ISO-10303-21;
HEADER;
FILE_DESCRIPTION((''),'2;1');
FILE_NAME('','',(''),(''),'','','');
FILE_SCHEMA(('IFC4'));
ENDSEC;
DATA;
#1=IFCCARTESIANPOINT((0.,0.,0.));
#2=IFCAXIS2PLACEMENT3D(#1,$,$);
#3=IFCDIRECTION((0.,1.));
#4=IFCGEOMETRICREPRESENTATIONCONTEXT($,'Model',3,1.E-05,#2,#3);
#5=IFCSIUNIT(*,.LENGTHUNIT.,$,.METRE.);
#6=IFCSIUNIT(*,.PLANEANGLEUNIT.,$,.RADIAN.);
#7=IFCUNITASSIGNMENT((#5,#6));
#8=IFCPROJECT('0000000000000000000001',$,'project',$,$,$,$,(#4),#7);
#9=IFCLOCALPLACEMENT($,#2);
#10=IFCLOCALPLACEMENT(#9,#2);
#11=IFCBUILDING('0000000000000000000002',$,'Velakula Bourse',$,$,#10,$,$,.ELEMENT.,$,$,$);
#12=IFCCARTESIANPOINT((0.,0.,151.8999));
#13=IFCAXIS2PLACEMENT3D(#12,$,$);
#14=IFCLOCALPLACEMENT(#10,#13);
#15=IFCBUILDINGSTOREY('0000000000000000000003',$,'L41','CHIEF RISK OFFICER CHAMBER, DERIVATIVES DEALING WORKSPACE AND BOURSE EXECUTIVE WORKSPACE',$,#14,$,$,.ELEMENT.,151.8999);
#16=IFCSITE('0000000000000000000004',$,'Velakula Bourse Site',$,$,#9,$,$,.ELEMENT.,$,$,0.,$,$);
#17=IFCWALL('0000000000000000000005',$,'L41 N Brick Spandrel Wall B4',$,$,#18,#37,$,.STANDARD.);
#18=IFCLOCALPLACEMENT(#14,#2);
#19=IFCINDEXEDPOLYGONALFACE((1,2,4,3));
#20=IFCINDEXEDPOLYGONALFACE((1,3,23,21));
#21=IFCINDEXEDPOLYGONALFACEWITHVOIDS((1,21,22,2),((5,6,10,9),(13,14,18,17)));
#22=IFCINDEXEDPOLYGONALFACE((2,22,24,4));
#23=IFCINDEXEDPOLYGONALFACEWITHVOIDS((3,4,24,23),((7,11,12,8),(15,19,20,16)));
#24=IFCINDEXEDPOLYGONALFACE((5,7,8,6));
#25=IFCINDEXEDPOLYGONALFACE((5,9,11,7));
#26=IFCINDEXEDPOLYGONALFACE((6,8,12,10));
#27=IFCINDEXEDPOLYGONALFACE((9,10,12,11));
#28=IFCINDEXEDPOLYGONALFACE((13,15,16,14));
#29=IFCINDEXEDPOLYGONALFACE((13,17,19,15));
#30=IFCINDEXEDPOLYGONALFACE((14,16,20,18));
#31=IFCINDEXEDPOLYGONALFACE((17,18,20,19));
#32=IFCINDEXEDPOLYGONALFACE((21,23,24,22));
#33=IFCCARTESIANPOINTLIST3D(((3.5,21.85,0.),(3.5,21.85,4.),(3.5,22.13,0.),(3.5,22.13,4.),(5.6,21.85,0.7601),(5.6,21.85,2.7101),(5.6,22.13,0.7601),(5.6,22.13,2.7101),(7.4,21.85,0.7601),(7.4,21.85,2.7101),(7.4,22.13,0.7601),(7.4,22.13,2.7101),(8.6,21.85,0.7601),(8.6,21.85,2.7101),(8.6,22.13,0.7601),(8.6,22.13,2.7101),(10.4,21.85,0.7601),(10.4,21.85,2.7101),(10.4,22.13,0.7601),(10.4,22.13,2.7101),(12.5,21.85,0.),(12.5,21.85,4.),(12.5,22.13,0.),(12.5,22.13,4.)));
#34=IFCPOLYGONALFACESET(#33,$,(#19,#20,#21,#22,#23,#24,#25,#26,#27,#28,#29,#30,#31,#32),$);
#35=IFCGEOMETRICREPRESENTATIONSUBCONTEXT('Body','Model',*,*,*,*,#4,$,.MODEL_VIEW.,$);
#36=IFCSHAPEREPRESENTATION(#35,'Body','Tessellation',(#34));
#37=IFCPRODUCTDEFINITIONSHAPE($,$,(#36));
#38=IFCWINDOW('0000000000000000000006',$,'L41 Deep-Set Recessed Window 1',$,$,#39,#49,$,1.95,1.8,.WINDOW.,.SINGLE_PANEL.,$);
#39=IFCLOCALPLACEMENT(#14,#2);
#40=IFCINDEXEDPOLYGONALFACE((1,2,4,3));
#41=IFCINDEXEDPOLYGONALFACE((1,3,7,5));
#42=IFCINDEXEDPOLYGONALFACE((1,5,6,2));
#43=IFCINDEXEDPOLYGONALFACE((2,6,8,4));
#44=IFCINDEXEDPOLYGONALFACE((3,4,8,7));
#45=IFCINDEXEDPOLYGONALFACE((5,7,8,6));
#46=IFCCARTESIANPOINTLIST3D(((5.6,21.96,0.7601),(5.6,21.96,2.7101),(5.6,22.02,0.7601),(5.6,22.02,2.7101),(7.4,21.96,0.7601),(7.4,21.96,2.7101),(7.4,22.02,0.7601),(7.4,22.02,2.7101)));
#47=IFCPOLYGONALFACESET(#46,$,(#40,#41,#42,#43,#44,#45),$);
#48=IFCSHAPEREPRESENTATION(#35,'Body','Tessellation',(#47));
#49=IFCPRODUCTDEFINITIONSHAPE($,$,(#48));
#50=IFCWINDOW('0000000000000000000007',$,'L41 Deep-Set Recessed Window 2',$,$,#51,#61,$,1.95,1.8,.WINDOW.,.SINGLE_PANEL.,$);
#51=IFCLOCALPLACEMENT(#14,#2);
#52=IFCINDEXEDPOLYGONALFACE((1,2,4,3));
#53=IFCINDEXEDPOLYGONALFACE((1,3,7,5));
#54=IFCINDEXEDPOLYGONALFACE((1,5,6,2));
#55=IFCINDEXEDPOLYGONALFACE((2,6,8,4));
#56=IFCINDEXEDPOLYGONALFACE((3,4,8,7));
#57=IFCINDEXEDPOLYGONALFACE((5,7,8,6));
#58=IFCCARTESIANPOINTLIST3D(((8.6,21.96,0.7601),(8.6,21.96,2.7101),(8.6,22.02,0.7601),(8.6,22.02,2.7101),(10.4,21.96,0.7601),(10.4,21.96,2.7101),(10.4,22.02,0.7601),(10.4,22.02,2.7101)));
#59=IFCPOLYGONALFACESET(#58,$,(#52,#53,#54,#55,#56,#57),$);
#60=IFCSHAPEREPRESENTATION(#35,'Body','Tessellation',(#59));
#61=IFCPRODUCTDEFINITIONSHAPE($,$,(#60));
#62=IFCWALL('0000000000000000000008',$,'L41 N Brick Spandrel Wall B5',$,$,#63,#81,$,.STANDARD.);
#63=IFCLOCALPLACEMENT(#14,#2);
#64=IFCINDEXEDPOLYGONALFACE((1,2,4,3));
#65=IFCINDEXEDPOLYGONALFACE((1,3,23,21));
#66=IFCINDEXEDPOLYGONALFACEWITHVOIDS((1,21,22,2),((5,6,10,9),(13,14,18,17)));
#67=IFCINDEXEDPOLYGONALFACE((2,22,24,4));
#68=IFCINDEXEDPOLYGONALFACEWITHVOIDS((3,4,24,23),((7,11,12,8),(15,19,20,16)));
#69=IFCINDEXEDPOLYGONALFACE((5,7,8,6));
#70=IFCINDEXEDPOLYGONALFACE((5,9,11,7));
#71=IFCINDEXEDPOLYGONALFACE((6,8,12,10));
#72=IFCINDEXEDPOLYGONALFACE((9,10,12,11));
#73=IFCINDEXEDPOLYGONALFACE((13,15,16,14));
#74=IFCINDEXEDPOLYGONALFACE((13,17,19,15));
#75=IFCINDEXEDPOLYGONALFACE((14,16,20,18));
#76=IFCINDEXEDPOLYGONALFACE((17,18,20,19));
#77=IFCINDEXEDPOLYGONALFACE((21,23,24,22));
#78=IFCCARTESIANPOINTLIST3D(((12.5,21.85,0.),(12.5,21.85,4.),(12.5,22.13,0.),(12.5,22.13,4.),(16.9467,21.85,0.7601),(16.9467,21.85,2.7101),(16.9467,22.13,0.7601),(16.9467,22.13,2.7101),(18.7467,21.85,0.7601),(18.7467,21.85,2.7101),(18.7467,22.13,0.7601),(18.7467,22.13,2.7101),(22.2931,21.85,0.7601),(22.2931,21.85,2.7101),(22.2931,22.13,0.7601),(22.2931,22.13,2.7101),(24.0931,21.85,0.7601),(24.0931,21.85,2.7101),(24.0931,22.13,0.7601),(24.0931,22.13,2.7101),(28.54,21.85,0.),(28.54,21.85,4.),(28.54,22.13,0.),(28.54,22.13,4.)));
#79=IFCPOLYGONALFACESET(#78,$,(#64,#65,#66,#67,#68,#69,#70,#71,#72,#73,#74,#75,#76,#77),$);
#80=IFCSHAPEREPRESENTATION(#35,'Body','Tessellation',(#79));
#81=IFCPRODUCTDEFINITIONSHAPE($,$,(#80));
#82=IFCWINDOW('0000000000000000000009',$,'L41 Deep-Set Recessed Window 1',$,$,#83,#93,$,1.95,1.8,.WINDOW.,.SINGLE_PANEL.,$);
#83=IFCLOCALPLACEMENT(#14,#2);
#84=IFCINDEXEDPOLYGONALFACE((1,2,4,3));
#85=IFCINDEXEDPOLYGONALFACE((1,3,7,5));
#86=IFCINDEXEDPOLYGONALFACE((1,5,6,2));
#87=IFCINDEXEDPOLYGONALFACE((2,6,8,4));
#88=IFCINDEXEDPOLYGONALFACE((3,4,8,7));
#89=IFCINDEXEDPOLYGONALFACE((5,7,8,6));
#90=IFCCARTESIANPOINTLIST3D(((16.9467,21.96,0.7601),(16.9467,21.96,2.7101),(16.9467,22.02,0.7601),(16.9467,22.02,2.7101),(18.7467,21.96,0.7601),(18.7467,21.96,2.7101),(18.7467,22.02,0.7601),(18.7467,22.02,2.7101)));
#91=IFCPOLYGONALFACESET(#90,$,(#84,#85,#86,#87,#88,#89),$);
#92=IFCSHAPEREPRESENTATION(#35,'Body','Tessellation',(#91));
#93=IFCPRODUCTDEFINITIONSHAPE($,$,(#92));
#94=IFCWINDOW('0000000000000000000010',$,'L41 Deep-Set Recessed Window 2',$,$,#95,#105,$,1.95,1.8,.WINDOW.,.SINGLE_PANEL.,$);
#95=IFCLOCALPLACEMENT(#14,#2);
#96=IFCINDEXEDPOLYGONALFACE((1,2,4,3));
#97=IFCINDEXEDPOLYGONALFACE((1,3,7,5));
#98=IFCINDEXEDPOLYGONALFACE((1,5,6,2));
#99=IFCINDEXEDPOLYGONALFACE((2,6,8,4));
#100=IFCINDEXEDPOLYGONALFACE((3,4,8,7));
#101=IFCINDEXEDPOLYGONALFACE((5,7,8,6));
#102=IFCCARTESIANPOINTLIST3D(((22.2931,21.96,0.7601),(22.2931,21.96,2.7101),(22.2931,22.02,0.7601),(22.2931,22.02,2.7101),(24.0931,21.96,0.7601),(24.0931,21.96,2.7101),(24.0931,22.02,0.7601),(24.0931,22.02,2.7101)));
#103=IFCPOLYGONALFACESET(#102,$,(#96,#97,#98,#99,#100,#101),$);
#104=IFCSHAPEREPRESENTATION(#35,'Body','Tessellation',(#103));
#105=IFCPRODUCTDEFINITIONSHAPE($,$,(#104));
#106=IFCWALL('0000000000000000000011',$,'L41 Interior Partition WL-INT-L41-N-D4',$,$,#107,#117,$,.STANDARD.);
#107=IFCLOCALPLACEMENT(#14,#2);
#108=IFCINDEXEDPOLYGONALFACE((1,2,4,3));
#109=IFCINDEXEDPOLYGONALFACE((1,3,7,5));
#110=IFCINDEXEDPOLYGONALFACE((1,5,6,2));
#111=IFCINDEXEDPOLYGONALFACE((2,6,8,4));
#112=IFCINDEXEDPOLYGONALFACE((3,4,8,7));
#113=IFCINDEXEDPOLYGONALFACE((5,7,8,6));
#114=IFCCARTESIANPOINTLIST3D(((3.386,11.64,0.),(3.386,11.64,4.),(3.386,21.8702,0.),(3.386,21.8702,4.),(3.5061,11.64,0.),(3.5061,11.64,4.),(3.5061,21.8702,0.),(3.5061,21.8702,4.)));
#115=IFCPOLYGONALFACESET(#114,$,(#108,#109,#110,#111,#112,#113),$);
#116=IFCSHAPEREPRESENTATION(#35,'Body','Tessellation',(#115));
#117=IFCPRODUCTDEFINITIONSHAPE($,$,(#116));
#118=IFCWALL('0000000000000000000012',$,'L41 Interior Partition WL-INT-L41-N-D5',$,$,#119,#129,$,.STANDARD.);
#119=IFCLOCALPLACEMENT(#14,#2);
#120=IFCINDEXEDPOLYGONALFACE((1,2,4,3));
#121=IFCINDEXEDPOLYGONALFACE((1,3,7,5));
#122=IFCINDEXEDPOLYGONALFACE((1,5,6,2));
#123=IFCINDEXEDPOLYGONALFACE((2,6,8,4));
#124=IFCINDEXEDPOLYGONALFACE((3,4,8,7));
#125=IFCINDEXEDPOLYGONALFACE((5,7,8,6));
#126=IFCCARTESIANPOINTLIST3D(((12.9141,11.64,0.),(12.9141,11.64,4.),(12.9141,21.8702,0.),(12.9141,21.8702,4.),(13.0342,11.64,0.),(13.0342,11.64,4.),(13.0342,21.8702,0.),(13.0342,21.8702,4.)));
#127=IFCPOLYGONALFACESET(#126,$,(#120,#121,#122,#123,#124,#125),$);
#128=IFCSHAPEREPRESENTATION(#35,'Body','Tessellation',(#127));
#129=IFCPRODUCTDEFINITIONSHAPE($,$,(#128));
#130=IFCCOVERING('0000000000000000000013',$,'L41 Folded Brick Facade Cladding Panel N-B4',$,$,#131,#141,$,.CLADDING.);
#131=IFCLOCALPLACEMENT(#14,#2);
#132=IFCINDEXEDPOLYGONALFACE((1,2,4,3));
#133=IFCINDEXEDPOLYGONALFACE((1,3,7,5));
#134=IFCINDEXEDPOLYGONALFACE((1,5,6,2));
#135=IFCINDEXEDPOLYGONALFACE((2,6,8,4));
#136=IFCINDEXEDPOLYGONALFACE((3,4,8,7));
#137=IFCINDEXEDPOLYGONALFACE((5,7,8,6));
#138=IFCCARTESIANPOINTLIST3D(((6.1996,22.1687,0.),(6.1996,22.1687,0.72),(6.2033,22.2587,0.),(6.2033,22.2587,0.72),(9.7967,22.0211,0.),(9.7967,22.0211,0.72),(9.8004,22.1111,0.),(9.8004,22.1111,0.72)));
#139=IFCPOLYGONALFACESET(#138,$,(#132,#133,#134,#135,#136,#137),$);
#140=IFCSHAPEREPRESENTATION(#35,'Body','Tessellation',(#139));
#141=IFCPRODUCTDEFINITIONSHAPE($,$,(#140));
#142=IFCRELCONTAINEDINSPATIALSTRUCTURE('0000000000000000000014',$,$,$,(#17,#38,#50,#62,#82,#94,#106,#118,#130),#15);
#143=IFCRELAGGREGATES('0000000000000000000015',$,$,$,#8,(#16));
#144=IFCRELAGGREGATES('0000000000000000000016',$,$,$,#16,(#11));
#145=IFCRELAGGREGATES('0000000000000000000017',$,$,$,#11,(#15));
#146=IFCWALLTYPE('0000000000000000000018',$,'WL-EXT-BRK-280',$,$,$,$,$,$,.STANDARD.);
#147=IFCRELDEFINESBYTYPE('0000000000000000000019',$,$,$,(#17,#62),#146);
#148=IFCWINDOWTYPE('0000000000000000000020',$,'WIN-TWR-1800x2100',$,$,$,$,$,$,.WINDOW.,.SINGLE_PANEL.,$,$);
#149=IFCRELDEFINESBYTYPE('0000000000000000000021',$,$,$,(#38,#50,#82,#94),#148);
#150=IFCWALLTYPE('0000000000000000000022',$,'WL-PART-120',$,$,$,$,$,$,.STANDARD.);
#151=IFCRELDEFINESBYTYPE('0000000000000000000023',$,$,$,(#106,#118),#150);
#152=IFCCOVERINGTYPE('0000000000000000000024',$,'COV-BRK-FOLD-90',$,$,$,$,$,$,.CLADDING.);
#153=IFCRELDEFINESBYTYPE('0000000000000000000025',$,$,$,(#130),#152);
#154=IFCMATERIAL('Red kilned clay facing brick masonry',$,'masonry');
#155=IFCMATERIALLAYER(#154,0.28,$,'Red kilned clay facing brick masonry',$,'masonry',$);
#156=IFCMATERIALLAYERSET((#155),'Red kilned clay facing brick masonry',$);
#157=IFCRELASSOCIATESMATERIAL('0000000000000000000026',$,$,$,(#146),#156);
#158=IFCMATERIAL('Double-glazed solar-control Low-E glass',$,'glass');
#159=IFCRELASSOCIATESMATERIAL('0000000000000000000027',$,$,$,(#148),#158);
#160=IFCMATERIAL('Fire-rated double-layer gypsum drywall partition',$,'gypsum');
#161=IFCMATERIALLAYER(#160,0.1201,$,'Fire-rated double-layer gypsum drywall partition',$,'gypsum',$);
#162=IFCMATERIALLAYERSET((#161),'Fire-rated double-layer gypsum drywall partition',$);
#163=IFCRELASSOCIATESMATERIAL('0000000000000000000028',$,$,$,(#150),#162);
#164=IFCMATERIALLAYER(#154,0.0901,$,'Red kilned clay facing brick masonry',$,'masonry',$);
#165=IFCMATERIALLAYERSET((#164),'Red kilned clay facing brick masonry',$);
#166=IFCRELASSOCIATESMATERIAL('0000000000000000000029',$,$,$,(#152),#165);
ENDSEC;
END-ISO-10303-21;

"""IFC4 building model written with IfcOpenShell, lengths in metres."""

from ifc_helpers import new_model, si_unit, direction, frame, frame_2d, origin, origin_2d, place, context, subcontext, project, spatial, rectangle, extrude, material, layer, layer_set, type_object, element, fill, save


model = new_model("IFC4")

# Units and contexts
model_context = context("Model", 3, precision=1e-05, world=origin(), true_north=direction((0.0, 1.0)))
body_context = subcontext(model_context, "Body", "Model", "MODEL_VIEW")
ifc_project = project(units=[si_unit("LENGTHUNIT", "METRE"), si_unit("PLANEANGLEUNIT", "RADIAN")], contexts=[model_context])

# Site, building, storey
site_placement = place(None, origin())
site = spatial("IfcSite", under=ifc_project, at=site_placement, Name="Velakula Bourse Site", CompositionType="ELEMENT", RefElevation=0.0)
building_placement = place(site_placement, origin())
building = spatial("IfcBuilding", under=site, at=building_placement, Name="Velakula Bourse", CompositionType="ELEMENT")
storey_placement = place(building_placement, frame((0.0, 0.0, 151.8999)))
storey = spatial("IfcBuildingStorey", under=building, at=storey_placement, Name="L41", Description="CHIEF RISK OFFICER CHAMBER, DERIVATIVES DEALING WORKSPACE AND BOURSE EXECUTIVE WORKSPACE", CompositionType="ELEMENT", Elevation=151.8999)

# Walls, openings, windows
ifc_material_1 = material(Name="Red kilned clay facing brick masonry", Category="masonry")
ifc_layer_1 = layer(ifc_material_1, 0.28, Name="Red kilned clay facing brick masonry", Category="masonry")
ifc_layer_set_1 = layer_set([ifc_layer_1], Name="Red kilned clay facing brick masonry")
wall_type_1 = type_object("IfcWallType", Name="WL-EXT-BRK-280", PredefinedType="STANDARD", material=ifc_layer_set_1)
wall_1_placement = place(storey_placement, frame((3.5, 21.99, 0.0), z_axis=(0.0, 0.0, 1.0), x_axis=(1.0, 0.0, 0.0)))
wall_1 = element("IfcWall", 1, at=wall_1_placement, inside=storey, type_object=wall_type_1, Name="L41 N Brick Spandrel Wall B4", PredefinedType="STANDARD", context=body_context, shape_type="SweptSolid", body=[
    extrude(rectangle(XDim=9.0, YDim=0.28, at=frame_2d((4.5, 0.0))), origin(), (0.0, 0.0, 1.0), 4.0),
])
opening_1_placement = place(wall_1_placement, frame((2.1001, 0.0, 0.76)))
opening_1 = element("IfcOpeningElement", 2, at=opening_1_placement, cuts=wall_1, PredefinedType="OPENING", context=body_context, shape_type="SweptSolid", body=[
    extrude(rectangle(XDim=1.8, YDim=1.95, at=frame_2d((0.8999, 0.9751))), frame((0.0, 0.1499, 0.0), z_axis=(0.0, -1.0, 0.0), x_axis=(1.0, 0.0, 0.0)), (0.0, 0.0, 1.0), 0.3),
])
opening_2_placement = place(wall_1_placement, frame((5.1001, 0.0, 0.76)))
opening_2 = element("IfcOpeningElement", 3, at=opening_2_placement, cuts=wall_1, PredefinedType="OPENING", context=body_context, shape_type="SweptSolid", body=[
    extrude(rectangle(XDim=1.8, YDim=1.95, at=frame_2d((0.8999, 0.9751))), frame((0.0, 0.1499, 0.0), z_axis=(0.0, -1.0, 0.0), x_axis=(1.0, 0.0, 0.0)), (0.0, 0.0, 1.0), 0.3),
])
ifc_material_2 = material(Name="Double-glazed solar-control Low-E glass", Category="glass")
window_type = type_object("IfcWindowType", Name="WIN-TWR-1800x2100", PartitioningType="SINGLE_PANEL", PredefinedType="WINDOW", material=ifc_material_2)
window_1_placement = place(opening_1_placement, origin())
window_1 = element("IfcWindow", 4, at=window_1_placement, inside=storey, type_object=window_type, Name="L41 Deep-Set Recessed Window 1", OverallHeight=1.95, OverallWidth=1.8, PartitioningType="SINGLE_PANEL", PredefinedType="WINDOW", context=body_context, shape_type="SweptSolid", body=[
    extrude(rectangle(XDim=1.8, YDim=1.95, at=frame_2d((0.8999, 0.9751))), frame((0.0, 0.03, 0.0), z_axis=(0.0, -1.0, 0.0), x_axis=(1.0, 0.0, 0.0)), (0.0, 0.0, 1.0), 0.0601),
])
fill(opening_1, window_1)
window_2_placement = place(opening_2_placement, origin())
window_2 = element("IfcWindow", 5, at=window_2_placement, inside=storey, type_object=window_type, Name="L41 Deep-Set Recessed Window 2", OverallHeight=1.95, OverallWidth=1.8, PartitioningType="SINGLE_PANEL", PredefinedType="WINDOW", context=body_context, shape_type="SweptSolid", body=[
    extrude(rectangle(XDim=1.8, YDim=1.95, at=frame_2d((0.8999, 0.9751))), frame((0.0, 0.03, 0.0), z_axis=(0.0, -1.0, 0.0), x_axis=(1.0, 0.0, 0.0)), (0.0, 0.0, 1.0), 0.0601),
])
fill(opening_2, window_2)
wall_2_placement = place(storey_placement, frame((12.5, 21.99, 0.0), z_axis=(0.0, 0.0, 1.0), x_axis=(1.0, 0.0, 0.0)))
wall_2 = element("IfcWall", 6, at=wall_2_placement, inside=storey, type_object=wall_type_1, Name="L41 N Brick Spandrel Wall B5", PredefinedType="STANDARD", context=body_context, shape_type="SweptSolid", body=[
    extrude(rectangle(XDim=16.04, YDim=0.28, at=frame_2d((8.02, 0.0))), origin(), (0.0, 0.0, 1.0), 4.0),
])
opening_3_placement = place(wall_2_placement, frame((4.4468, 0.0, 0.76)))
opening_3 = element("IfcOpeningElement", 7, at=opening_3_placement, cuts=wall_2, PredefinedType="OPENING", context=body_context, shape_type="SweptSolid", body=[
    extrude(rectangle(XDim=1.8, YDim=1.95, at=frame_2d((0.8999, 0.9751))), frame((0.0, 0.1499, 0.0), z_axis=(0.0, -1.0, 0.0), x_axis=(1.0, 0.0, 0.0)), (0.0, 0.0, 1.0), 0.3),
])
opening_4_placement = place(wall_2_placement, frame((9.7932, 0.0, 0.76)))
opening_4 = element("IfcOpeningElement", 8, at=opening_4_placement, cuts=wall_2, PredefinedType="OPENING", context=body_context, shape_type="SweptSolid", body=[
    extrude(rectangle(XDim=1.8, YDim=1.95, at=frame_2d((0.8999, 0.9751))), frame((0.0, 0.1499, 0.0), z_axis=(0.0, -1.0, 0.0), x_axis=(1.0, 0.0, 0.0)), (0.0, 0.0, 1.0), 0.3),
])
window_3_placement = place(opening_3_placement, origin())
window_3 = element("IfcWindow", 9, at=window_3_placement, inside=storey, type_object=window_type, Name="L41 Deep-Set Recessed Window 1", OverallHeight=1.95, OverallWidth=1.8, PartitioningType="SINGLE_PANEL", PredefinedType="WINDOW", context=body_context, shape_type="SweptSolid", body=[
    extrude(rectangle(XDim=1.8, YDim=1.95, at=frame_2d((0.8999, 0.9751))), frame((0.0, 0.03, 0.0), z_axis=(0.0, -1.0, 0.0), x_axis=(1.0, 0.0, 0.0)), (0.0, 0.0, 1.0), 0.0601),
])
fill(opening_3, window_3)
window_4_placement = place(opening_4_placement, origin())
window_4 = element("IfcWindow", 10, at=window_4_placement, inside=storey, type_object=window_type, Name="L41 Deep-Set Recessed Window 2", OverallHeight=1.95, OverallWidth=1.8, PartitioningType="SINGLE_PANEL", PredefinedType="WINDOW", context=body_context, shape_type="SweptSolid", body=[
    extrude(rectangle(XDim=1.8, YDim=1.95, at=frame_2d((0.8999, 0.9751))), frame((0.0, 0.03, 0.0), z_axis=(0.0, -1.0, 0.0), x_axis=(1.0, 0.0, 0.0)), (0.0, 0.0, 1.0), 0.0601),
])
fill(opening_4, window_4)

# Walls
ifc_material_3 = material(Name="Fire-rated double-layer gypsum drywall partition", Category="gypsum")
ifc_layer_2 = layer(ifc_material_3, 0.1201, Name="Fire-rated double-layer gypsum drywall partition", Category="gypsum")
ifc_layer_set_2 = layer_set([ifc_layer_2], Name="Fire-rated double-layer gypsum drywall partition")
wall_type_2 = type_object("IfcWallType", Name="WL-PART-120", PredefinedType="STANDARD", material=ifc_layer_set_2)
for number, where, z_axis, x_axis, name in (
    (11, (3.446, 11.6399, 0.0), (0.0, 0.0, 1.0), (0.0, 1.0, 0.0), "L41 Interior Partition WL-INT-L41-N-D4"),
    (12, (12.9741, 11.6399, 0.0), (0.0, 0.0, 1.0), (0.0, 1.0, 0.0), "L41 Interior Partition WL-INT-L41-N-D5"),
):
    element("IfcWall", number, at=place(storey_placement, frame(where, z_axis=z_axis, x_axis=x_axis)), inside=storey, type_object=wall_type_2, Name=name, PredefinedType="STANDARD", context=body_context, shape_type="SweptSolid", body=[
        extrude(rectangle(XDim=10.2302, YDim=0.1201, at=frame_2d((5.1152, 0.0))), origin(), (0.0, 0.0, 1.0), 4.0),
    ])

# Covering
ifc_layer_3 = layer(ifc_material_1, 0.0901, Name="Red kilned clay facing brick masonry", Category="masonry")
ifc_layer_set_3 = layer_set([ifc_layer_3], Name="Red kilned clay facing brick masonry")
covering_type = type_object("IfcCoveringType", Name="COV-BRK-FOLD-90", PredefinedType="CLADDING", material=ifc_layer_set_3)
covering_placement = place(storey_placement, frame((8.0, 22.1399, 0.0), z_axis=(0.0, 0.0, 1.0), x_axis=(0.999159, -0.041004, 0.0)))
element("IfcCovering", 13, at=covering_placement, inside=storey, type_object=covering_type, Name="L41 Folded Brick Facade Cladding Panel N-B4", PredefinedType="CLADDING", context=body_context, shape_type="SweptSolid", body=[
    extrude(rectangle(XDim=3.6001, YDim=0.0901, at=origin_2d()), origin(), (0.0, 0.0, 1.0), 0.72),
])

save(model, "model.ifc")
